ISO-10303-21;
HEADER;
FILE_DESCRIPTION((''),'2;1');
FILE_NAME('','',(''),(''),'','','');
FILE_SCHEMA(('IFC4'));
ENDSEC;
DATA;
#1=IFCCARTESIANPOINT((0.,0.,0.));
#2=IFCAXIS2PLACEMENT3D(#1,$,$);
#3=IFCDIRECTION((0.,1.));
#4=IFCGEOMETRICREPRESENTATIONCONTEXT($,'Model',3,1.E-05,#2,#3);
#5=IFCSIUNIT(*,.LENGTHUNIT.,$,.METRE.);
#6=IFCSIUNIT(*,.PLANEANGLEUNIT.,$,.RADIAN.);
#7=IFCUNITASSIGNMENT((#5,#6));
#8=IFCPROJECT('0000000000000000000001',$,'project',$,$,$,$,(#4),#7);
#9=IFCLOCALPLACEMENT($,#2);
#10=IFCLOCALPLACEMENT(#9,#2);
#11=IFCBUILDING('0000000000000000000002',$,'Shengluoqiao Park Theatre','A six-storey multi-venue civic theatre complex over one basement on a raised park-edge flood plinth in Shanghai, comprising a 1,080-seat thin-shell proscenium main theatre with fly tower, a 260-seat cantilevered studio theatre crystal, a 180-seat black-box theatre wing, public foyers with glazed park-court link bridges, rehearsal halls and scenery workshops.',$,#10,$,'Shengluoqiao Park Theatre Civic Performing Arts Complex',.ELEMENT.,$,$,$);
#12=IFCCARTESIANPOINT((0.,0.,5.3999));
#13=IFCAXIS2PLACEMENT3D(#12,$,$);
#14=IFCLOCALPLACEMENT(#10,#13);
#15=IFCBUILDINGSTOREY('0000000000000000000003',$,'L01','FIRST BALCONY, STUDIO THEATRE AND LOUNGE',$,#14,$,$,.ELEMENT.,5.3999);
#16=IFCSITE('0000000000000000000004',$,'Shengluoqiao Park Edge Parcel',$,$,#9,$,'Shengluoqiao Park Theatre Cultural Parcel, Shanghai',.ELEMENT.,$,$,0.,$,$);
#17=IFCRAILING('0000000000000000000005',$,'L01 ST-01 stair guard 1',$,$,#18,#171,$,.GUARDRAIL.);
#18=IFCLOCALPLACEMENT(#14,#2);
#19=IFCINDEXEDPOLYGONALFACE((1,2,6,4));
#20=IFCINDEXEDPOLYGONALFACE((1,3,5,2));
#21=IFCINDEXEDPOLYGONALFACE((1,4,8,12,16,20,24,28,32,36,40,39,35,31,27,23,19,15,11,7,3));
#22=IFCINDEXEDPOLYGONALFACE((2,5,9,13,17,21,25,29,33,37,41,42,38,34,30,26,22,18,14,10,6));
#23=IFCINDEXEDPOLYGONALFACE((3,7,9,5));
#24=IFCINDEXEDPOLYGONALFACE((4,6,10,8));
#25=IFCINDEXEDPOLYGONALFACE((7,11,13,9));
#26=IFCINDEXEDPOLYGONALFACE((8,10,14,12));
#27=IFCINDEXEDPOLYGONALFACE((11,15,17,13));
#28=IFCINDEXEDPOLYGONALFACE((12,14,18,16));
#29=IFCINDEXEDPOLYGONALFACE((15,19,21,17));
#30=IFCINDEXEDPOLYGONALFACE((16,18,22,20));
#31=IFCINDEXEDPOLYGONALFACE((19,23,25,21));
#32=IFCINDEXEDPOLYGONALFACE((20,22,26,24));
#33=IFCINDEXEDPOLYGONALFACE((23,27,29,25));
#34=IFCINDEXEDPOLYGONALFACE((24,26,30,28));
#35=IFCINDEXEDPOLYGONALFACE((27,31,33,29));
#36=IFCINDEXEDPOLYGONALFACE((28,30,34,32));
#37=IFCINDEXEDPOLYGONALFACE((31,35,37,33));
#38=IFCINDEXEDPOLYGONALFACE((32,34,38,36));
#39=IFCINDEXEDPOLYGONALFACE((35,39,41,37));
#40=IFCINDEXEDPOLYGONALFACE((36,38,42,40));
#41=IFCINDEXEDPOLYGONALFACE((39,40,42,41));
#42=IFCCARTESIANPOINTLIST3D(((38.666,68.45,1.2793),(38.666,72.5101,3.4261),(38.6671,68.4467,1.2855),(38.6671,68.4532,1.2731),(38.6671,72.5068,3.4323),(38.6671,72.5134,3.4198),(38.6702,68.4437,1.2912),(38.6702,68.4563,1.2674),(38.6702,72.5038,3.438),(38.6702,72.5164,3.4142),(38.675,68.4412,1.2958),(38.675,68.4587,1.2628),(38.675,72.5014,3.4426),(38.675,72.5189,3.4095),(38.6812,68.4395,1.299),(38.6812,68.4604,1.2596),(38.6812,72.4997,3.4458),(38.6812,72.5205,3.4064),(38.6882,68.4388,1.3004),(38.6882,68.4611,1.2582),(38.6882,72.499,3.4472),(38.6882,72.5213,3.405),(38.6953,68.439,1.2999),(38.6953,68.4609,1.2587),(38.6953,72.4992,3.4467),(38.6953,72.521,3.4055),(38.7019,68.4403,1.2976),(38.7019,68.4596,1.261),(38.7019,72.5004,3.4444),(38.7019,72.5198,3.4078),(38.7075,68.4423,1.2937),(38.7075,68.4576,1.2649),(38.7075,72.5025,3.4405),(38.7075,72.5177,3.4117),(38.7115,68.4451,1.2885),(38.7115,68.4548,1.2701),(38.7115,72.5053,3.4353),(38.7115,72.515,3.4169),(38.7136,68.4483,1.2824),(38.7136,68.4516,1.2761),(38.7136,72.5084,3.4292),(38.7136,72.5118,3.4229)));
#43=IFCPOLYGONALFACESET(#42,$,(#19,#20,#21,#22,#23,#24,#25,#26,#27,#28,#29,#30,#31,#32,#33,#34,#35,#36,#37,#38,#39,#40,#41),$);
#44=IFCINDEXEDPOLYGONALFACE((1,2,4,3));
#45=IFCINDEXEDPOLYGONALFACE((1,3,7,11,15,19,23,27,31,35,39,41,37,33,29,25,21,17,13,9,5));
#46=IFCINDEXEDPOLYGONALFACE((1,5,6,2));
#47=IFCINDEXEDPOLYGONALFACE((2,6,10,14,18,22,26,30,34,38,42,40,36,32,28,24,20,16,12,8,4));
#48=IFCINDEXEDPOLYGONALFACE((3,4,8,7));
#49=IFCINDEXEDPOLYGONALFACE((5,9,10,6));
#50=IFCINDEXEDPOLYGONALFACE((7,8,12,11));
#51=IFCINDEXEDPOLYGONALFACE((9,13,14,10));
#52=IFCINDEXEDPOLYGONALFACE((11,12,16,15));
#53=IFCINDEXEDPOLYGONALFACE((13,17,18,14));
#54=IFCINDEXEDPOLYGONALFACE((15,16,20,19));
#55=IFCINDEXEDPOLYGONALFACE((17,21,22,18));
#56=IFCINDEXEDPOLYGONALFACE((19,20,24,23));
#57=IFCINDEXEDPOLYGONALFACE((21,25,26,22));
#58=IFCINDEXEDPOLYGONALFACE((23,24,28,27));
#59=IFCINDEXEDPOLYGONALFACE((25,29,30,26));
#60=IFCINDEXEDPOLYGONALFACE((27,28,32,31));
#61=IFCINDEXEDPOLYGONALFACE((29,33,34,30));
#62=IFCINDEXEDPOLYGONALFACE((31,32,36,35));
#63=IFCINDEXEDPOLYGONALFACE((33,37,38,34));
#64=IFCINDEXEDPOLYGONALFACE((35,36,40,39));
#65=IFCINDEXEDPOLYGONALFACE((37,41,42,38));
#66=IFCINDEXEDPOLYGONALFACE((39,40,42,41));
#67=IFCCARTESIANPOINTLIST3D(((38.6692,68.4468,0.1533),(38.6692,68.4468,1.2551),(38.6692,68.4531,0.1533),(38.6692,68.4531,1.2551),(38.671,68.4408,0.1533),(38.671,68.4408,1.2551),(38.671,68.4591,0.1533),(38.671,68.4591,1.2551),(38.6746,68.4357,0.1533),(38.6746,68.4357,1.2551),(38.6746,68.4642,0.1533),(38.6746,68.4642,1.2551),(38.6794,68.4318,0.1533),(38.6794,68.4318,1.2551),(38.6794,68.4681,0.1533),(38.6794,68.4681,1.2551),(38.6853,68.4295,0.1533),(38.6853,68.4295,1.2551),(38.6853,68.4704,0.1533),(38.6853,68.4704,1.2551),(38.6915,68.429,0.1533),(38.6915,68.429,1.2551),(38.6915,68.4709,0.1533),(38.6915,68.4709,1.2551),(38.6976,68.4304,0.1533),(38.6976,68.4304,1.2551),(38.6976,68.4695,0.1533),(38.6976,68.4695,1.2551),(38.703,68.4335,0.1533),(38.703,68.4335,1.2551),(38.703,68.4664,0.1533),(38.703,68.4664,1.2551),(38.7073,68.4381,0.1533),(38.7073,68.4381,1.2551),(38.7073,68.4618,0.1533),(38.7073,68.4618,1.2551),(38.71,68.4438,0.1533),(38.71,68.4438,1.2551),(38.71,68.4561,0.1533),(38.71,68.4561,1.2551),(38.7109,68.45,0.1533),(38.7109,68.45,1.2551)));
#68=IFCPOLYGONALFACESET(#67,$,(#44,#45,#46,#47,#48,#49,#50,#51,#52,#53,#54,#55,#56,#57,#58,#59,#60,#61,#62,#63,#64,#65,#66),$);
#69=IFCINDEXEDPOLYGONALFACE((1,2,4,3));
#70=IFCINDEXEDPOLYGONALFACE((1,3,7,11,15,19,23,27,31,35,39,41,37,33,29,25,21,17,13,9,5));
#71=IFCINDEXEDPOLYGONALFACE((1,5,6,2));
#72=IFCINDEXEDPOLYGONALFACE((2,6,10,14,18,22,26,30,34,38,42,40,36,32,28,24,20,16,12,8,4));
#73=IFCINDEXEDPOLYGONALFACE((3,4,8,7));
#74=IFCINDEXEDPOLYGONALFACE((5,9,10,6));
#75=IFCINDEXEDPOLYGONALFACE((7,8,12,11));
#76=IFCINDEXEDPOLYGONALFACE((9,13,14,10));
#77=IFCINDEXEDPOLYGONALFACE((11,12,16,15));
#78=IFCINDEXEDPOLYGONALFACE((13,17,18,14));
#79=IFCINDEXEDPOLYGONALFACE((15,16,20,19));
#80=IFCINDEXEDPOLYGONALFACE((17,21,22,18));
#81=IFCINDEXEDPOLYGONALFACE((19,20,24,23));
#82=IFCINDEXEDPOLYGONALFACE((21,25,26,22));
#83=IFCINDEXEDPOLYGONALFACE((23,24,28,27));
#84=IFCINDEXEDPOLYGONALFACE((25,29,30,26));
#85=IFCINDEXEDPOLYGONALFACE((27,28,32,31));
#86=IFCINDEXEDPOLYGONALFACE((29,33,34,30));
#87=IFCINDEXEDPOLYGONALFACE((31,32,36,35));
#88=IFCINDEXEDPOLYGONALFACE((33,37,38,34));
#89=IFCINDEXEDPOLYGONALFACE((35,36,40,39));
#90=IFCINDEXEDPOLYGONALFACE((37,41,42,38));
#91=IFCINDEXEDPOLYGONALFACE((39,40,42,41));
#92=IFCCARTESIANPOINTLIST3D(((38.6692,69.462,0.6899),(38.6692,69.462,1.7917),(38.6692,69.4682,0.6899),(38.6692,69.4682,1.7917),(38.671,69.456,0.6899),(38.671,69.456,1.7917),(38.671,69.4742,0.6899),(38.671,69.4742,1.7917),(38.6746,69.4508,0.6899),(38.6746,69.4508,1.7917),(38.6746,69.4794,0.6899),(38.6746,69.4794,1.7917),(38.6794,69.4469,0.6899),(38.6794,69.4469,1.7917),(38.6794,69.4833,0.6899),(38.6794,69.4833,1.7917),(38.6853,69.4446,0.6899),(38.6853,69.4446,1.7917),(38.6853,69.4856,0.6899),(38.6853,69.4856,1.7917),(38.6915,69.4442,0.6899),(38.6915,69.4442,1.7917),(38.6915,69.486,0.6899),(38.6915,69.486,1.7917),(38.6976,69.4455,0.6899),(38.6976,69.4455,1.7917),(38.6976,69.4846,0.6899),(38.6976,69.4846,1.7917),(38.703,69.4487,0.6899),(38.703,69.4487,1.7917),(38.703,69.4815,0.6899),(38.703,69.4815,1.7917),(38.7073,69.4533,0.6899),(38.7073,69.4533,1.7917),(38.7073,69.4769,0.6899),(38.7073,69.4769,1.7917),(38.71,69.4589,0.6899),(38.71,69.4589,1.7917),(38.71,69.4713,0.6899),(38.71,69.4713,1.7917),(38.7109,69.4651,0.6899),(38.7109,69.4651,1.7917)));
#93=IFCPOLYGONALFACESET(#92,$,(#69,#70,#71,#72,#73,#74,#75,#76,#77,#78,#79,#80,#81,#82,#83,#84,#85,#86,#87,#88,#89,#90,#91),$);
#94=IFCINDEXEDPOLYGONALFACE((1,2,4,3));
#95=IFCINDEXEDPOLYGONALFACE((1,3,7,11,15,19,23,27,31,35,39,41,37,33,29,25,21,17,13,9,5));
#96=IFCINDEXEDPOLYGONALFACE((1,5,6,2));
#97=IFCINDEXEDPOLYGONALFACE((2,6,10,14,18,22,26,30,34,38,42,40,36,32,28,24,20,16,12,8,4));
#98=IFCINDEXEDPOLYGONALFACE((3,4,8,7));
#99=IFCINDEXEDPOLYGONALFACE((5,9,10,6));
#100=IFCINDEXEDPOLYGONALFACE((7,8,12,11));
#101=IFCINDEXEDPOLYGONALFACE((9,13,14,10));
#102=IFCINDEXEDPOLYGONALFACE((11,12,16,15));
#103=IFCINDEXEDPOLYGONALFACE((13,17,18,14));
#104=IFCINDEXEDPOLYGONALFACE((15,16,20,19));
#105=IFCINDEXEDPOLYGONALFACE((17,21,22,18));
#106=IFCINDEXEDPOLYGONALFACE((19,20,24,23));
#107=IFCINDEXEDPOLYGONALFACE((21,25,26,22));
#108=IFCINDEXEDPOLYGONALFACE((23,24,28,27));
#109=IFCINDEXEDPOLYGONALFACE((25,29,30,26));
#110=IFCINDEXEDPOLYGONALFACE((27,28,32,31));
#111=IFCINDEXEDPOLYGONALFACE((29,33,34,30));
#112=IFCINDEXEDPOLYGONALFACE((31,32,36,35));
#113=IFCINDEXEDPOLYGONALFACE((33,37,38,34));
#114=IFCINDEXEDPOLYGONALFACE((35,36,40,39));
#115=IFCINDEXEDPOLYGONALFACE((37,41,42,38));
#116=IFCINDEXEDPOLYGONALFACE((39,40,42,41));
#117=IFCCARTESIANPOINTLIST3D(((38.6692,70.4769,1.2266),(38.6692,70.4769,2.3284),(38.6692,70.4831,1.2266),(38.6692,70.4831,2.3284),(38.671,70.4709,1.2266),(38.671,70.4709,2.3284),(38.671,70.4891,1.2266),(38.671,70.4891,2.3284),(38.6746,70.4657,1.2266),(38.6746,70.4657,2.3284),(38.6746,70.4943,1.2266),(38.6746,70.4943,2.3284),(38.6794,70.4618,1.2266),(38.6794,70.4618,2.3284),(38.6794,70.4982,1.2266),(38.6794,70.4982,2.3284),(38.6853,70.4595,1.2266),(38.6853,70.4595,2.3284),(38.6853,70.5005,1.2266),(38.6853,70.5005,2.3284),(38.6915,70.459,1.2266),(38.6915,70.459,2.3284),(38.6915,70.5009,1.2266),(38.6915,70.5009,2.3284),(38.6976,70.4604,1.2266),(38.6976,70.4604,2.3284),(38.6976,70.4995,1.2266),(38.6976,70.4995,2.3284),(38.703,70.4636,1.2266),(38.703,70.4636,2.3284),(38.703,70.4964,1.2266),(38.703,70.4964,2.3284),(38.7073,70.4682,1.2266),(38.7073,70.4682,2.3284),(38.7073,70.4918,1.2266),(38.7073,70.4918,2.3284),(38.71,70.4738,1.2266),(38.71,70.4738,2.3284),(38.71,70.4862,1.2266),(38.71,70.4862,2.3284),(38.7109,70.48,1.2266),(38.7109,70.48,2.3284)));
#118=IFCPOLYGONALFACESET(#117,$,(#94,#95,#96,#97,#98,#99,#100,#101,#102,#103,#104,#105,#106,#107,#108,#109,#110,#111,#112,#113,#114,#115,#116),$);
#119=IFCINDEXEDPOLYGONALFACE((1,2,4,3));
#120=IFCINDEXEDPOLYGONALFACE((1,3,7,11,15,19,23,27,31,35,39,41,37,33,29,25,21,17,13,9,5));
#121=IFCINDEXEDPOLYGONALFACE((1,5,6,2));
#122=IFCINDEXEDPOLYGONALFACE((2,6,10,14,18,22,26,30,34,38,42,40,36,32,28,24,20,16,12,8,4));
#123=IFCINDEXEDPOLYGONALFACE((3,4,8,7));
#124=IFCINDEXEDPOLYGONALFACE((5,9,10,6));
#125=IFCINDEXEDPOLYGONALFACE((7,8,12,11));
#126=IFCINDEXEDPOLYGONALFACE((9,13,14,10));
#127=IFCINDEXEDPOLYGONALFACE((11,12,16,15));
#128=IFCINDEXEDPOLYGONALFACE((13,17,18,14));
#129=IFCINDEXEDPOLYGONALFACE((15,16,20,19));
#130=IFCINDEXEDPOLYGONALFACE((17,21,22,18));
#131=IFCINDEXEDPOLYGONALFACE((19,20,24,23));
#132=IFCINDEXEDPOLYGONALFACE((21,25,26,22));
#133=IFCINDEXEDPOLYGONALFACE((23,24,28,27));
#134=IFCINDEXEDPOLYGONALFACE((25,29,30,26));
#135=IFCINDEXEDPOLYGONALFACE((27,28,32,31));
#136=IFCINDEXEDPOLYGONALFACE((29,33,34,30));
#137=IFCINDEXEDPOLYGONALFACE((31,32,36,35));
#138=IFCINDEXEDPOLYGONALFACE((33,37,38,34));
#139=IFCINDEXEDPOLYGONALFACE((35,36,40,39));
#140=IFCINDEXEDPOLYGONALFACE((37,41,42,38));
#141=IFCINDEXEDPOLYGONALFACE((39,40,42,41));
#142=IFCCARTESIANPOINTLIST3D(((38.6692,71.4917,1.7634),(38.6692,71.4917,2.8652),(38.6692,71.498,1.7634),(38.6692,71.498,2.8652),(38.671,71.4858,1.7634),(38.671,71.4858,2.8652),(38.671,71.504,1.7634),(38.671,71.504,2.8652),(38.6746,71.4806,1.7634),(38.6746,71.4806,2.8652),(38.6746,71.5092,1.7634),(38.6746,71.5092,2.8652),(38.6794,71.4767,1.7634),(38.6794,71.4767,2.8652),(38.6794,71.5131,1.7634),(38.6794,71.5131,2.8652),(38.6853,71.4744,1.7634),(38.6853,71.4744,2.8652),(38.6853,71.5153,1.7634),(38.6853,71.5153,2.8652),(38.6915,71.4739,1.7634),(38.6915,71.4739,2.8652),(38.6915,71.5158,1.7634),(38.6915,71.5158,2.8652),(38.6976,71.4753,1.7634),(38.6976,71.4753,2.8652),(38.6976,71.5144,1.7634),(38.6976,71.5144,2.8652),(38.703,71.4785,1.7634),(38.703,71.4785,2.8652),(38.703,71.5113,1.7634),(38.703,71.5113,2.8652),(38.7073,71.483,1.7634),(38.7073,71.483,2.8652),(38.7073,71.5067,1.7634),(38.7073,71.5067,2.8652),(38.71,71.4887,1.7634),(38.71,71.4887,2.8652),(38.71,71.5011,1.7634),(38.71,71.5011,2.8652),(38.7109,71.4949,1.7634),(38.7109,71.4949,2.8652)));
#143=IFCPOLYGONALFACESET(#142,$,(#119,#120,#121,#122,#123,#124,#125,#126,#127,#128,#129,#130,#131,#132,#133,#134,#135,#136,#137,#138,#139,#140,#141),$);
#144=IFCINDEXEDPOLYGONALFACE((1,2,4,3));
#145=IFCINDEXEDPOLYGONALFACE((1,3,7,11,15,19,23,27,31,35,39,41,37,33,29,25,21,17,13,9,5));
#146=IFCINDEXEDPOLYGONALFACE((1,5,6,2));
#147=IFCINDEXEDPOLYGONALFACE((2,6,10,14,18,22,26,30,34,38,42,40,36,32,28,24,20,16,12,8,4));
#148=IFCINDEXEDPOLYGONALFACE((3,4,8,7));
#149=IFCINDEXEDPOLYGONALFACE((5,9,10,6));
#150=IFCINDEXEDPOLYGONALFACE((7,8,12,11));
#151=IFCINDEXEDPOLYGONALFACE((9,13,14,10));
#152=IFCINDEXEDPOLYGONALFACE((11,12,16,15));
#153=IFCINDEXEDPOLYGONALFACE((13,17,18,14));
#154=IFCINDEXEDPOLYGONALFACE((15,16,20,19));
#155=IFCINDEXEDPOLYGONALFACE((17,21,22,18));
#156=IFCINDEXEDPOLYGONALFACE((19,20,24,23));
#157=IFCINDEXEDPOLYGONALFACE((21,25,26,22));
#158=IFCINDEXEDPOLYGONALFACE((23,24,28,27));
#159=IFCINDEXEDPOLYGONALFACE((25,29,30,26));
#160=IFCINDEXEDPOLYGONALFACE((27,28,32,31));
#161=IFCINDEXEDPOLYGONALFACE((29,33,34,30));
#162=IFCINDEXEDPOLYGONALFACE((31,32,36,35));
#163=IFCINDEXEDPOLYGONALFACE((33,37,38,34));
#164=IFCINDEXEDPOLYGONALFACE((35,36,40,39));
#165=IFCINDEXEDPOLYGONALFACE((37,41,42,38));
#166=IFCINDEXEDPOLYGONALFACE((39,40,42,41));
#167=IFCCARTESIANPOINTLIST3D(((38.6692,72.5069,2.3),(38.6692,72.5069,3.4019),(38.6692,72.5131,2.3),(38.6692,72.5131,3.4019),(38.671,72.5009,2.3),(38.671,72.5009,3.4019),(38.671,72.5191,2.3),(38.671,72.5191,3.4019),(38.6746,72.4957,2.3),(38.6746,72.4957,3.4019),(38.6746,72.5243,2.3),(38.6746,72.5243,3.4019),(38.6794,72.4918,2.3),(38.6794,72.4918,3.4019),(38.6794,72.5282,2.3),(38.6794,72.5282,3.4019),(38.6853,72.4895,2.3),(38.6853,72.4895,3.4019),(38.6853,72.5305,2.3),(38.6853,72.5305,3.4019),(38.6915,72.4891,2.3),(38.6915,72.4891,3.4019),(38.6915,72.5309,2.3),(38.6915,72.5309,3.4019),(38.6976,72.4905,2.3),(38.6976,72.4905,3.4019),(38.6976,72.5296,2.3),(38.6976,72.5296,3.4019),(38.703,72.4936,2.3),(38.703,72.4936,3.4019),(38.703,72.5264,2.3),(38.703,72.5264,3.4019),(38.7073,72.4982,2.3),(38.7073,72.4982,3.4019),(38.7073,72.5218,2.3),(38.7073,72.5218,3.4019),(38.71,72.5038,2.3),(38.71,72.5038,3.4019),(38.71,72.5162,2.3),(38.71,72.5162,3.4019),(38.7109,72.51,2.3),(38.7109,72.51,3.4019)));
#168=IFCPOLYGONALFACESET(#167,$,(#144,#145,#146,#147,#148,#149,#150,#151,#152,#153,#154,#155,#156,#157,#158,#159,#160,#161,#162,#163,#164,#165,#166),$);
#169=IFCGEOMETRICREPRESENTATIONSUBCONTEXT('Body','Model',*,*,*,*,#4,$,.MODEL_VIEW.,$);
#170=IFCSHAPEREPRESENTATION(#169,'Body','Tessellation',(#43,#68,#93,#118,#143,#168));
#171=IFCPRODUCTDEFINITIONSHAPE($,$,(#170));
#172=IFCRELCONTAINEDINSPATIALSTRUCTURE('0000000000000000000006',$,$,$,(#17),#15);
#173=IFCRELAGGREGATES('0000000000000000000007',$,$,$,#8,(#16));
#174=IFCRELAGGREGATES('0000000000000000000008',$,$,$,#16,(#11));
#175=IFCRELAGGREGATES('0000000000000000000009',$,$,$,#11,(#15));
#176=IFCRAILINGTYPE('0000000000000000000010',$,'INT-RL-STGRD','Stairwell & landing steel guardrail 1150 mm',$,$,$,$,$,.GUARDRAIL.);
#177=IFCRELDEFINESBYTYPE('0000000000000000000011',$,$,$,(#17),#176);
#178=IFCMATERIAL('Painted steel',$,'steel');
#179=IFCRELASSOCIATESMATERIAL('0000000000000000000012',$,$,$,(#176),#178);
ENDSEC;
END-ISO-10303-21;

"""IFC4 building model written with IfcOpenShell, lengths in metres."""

from ifc_helpers import new_model, si_unit, direction, frame, origin, origin_2d, place, context, subcontext, project, spatial, circle, extrude, material, type_object, element, save


model = new_model("IFC4")

# Units and contexts
model_context = context("Model", 3, precision=1e-05, world=origin(), true_north=direction((0.0, 1.0)))
body_context = subcontext(model_context, "Body", "Model", "MODEL_VIEW")
ifc_project = project(units=[si_unit("LENGTHUNIT", "METRE"), si_unit("PLANEANGLEUNIT", "RADIAN")], contexts=[model_context])

# Site, building, storey
site_placement = place(None, origin())
site = spatial("IfcSite", under=ifc_project, at=site_placement, Name="Shengluoqiao Park Edge Parcel", LongName="Shengluoqiao Park Theatre Cultural Parcel, Shanghai", CompositionType="ELEMENT", RefElevation=0.0)
building_placement = place(site_placement, origin())
building = spatial("IfcBuilding", under=site, at=building_placement, Name="Shengluoqiao Park Theatre", Description="A six-storey multi-venue civic theatre complex over one basement on a raised park-edge flood plinth in Shanghai, comprising a 1,080-seat thin-shell proscenium main theatre with fly tower, a 260-seat cantilevered studio theatre crystal, a 180-seat black-box theatre wing, public foyers with glazed park-court link bridges, rehearsal halls and scenery workshops.", LongName="Shengluoqiao Park Theatre Civic Performing Arts Complex", CompositionType="ELEMENT")
storey_placement = place(building_placement, frame((0.0, 0.0, 5.3999)))
storey = spatial("IfcBuildingStorey", under=building, at=storey_placement, Name="L01", Description="FIRST BALCONY, STUDIO THEATRE AND LOUNGE", CompositionType="ELEMENT", Elevation=5.3999)

# Railing
ifc_material_1 = material(Name="Painted steel", Category="steel")
railing_type_1 = type_object("IfcRailingType", Name="INT-RL-STGRD", Description="Stairwell & landing steel guardrail 1150 mm", PredefinedType="GUARDRAIL", material=ifc_material_1)
railing_1_placement = place(storey_placement, frame((38.6899, 68.45, 0.1533)))
element("IfcRailing", 1, at=railing_1_placement, inside=storey, type_object=railing_type_1, Name="L01 ST-01 stair guard 1", PredefinedType="GUARDRAIL", context=body_context, shape_type="SweptSolid", body=[
    extrude(circle(Radius=0.0239, at=origin_2d()), frame((0.0, 0.0, 1.126), z_axis=(0.0, 0.884032, 0.467426), x_axis=(-1.0, 0.0, 0.0)), (0.0, 0.0, 1.0), 4.5928),
    extrude(circle(Radius=0.021, at=origin_2d()), origin(), (0.0, 0.0, 1.0), 1.1018),
    extrude(circle(Radius=0.021, at=origin_2d()), frame((0.0, 1.0151, 0.5366)), (0.0, 0.0, 1.0), 1.1018),
    extrude(circle(Radius=0.021, at=origin_2d()), frame((0.0, 2.03, 1.0732)), (0.0, 0.0, 1.0), 1.1018),
    extrude(circle(Radius=0.021, at=origin_2d()), frame((0.0, 3.0449, 1.6101)), (0.0, 0.0, 1.0), 1.1018),
    extrude(circle(Radius=0.021, at=origin_2d()), frame((0.0, 4.0601, 2.1467)), (0.0, 0.0, 1.0), 1.1018),
])

save(model, "model.ifc")
